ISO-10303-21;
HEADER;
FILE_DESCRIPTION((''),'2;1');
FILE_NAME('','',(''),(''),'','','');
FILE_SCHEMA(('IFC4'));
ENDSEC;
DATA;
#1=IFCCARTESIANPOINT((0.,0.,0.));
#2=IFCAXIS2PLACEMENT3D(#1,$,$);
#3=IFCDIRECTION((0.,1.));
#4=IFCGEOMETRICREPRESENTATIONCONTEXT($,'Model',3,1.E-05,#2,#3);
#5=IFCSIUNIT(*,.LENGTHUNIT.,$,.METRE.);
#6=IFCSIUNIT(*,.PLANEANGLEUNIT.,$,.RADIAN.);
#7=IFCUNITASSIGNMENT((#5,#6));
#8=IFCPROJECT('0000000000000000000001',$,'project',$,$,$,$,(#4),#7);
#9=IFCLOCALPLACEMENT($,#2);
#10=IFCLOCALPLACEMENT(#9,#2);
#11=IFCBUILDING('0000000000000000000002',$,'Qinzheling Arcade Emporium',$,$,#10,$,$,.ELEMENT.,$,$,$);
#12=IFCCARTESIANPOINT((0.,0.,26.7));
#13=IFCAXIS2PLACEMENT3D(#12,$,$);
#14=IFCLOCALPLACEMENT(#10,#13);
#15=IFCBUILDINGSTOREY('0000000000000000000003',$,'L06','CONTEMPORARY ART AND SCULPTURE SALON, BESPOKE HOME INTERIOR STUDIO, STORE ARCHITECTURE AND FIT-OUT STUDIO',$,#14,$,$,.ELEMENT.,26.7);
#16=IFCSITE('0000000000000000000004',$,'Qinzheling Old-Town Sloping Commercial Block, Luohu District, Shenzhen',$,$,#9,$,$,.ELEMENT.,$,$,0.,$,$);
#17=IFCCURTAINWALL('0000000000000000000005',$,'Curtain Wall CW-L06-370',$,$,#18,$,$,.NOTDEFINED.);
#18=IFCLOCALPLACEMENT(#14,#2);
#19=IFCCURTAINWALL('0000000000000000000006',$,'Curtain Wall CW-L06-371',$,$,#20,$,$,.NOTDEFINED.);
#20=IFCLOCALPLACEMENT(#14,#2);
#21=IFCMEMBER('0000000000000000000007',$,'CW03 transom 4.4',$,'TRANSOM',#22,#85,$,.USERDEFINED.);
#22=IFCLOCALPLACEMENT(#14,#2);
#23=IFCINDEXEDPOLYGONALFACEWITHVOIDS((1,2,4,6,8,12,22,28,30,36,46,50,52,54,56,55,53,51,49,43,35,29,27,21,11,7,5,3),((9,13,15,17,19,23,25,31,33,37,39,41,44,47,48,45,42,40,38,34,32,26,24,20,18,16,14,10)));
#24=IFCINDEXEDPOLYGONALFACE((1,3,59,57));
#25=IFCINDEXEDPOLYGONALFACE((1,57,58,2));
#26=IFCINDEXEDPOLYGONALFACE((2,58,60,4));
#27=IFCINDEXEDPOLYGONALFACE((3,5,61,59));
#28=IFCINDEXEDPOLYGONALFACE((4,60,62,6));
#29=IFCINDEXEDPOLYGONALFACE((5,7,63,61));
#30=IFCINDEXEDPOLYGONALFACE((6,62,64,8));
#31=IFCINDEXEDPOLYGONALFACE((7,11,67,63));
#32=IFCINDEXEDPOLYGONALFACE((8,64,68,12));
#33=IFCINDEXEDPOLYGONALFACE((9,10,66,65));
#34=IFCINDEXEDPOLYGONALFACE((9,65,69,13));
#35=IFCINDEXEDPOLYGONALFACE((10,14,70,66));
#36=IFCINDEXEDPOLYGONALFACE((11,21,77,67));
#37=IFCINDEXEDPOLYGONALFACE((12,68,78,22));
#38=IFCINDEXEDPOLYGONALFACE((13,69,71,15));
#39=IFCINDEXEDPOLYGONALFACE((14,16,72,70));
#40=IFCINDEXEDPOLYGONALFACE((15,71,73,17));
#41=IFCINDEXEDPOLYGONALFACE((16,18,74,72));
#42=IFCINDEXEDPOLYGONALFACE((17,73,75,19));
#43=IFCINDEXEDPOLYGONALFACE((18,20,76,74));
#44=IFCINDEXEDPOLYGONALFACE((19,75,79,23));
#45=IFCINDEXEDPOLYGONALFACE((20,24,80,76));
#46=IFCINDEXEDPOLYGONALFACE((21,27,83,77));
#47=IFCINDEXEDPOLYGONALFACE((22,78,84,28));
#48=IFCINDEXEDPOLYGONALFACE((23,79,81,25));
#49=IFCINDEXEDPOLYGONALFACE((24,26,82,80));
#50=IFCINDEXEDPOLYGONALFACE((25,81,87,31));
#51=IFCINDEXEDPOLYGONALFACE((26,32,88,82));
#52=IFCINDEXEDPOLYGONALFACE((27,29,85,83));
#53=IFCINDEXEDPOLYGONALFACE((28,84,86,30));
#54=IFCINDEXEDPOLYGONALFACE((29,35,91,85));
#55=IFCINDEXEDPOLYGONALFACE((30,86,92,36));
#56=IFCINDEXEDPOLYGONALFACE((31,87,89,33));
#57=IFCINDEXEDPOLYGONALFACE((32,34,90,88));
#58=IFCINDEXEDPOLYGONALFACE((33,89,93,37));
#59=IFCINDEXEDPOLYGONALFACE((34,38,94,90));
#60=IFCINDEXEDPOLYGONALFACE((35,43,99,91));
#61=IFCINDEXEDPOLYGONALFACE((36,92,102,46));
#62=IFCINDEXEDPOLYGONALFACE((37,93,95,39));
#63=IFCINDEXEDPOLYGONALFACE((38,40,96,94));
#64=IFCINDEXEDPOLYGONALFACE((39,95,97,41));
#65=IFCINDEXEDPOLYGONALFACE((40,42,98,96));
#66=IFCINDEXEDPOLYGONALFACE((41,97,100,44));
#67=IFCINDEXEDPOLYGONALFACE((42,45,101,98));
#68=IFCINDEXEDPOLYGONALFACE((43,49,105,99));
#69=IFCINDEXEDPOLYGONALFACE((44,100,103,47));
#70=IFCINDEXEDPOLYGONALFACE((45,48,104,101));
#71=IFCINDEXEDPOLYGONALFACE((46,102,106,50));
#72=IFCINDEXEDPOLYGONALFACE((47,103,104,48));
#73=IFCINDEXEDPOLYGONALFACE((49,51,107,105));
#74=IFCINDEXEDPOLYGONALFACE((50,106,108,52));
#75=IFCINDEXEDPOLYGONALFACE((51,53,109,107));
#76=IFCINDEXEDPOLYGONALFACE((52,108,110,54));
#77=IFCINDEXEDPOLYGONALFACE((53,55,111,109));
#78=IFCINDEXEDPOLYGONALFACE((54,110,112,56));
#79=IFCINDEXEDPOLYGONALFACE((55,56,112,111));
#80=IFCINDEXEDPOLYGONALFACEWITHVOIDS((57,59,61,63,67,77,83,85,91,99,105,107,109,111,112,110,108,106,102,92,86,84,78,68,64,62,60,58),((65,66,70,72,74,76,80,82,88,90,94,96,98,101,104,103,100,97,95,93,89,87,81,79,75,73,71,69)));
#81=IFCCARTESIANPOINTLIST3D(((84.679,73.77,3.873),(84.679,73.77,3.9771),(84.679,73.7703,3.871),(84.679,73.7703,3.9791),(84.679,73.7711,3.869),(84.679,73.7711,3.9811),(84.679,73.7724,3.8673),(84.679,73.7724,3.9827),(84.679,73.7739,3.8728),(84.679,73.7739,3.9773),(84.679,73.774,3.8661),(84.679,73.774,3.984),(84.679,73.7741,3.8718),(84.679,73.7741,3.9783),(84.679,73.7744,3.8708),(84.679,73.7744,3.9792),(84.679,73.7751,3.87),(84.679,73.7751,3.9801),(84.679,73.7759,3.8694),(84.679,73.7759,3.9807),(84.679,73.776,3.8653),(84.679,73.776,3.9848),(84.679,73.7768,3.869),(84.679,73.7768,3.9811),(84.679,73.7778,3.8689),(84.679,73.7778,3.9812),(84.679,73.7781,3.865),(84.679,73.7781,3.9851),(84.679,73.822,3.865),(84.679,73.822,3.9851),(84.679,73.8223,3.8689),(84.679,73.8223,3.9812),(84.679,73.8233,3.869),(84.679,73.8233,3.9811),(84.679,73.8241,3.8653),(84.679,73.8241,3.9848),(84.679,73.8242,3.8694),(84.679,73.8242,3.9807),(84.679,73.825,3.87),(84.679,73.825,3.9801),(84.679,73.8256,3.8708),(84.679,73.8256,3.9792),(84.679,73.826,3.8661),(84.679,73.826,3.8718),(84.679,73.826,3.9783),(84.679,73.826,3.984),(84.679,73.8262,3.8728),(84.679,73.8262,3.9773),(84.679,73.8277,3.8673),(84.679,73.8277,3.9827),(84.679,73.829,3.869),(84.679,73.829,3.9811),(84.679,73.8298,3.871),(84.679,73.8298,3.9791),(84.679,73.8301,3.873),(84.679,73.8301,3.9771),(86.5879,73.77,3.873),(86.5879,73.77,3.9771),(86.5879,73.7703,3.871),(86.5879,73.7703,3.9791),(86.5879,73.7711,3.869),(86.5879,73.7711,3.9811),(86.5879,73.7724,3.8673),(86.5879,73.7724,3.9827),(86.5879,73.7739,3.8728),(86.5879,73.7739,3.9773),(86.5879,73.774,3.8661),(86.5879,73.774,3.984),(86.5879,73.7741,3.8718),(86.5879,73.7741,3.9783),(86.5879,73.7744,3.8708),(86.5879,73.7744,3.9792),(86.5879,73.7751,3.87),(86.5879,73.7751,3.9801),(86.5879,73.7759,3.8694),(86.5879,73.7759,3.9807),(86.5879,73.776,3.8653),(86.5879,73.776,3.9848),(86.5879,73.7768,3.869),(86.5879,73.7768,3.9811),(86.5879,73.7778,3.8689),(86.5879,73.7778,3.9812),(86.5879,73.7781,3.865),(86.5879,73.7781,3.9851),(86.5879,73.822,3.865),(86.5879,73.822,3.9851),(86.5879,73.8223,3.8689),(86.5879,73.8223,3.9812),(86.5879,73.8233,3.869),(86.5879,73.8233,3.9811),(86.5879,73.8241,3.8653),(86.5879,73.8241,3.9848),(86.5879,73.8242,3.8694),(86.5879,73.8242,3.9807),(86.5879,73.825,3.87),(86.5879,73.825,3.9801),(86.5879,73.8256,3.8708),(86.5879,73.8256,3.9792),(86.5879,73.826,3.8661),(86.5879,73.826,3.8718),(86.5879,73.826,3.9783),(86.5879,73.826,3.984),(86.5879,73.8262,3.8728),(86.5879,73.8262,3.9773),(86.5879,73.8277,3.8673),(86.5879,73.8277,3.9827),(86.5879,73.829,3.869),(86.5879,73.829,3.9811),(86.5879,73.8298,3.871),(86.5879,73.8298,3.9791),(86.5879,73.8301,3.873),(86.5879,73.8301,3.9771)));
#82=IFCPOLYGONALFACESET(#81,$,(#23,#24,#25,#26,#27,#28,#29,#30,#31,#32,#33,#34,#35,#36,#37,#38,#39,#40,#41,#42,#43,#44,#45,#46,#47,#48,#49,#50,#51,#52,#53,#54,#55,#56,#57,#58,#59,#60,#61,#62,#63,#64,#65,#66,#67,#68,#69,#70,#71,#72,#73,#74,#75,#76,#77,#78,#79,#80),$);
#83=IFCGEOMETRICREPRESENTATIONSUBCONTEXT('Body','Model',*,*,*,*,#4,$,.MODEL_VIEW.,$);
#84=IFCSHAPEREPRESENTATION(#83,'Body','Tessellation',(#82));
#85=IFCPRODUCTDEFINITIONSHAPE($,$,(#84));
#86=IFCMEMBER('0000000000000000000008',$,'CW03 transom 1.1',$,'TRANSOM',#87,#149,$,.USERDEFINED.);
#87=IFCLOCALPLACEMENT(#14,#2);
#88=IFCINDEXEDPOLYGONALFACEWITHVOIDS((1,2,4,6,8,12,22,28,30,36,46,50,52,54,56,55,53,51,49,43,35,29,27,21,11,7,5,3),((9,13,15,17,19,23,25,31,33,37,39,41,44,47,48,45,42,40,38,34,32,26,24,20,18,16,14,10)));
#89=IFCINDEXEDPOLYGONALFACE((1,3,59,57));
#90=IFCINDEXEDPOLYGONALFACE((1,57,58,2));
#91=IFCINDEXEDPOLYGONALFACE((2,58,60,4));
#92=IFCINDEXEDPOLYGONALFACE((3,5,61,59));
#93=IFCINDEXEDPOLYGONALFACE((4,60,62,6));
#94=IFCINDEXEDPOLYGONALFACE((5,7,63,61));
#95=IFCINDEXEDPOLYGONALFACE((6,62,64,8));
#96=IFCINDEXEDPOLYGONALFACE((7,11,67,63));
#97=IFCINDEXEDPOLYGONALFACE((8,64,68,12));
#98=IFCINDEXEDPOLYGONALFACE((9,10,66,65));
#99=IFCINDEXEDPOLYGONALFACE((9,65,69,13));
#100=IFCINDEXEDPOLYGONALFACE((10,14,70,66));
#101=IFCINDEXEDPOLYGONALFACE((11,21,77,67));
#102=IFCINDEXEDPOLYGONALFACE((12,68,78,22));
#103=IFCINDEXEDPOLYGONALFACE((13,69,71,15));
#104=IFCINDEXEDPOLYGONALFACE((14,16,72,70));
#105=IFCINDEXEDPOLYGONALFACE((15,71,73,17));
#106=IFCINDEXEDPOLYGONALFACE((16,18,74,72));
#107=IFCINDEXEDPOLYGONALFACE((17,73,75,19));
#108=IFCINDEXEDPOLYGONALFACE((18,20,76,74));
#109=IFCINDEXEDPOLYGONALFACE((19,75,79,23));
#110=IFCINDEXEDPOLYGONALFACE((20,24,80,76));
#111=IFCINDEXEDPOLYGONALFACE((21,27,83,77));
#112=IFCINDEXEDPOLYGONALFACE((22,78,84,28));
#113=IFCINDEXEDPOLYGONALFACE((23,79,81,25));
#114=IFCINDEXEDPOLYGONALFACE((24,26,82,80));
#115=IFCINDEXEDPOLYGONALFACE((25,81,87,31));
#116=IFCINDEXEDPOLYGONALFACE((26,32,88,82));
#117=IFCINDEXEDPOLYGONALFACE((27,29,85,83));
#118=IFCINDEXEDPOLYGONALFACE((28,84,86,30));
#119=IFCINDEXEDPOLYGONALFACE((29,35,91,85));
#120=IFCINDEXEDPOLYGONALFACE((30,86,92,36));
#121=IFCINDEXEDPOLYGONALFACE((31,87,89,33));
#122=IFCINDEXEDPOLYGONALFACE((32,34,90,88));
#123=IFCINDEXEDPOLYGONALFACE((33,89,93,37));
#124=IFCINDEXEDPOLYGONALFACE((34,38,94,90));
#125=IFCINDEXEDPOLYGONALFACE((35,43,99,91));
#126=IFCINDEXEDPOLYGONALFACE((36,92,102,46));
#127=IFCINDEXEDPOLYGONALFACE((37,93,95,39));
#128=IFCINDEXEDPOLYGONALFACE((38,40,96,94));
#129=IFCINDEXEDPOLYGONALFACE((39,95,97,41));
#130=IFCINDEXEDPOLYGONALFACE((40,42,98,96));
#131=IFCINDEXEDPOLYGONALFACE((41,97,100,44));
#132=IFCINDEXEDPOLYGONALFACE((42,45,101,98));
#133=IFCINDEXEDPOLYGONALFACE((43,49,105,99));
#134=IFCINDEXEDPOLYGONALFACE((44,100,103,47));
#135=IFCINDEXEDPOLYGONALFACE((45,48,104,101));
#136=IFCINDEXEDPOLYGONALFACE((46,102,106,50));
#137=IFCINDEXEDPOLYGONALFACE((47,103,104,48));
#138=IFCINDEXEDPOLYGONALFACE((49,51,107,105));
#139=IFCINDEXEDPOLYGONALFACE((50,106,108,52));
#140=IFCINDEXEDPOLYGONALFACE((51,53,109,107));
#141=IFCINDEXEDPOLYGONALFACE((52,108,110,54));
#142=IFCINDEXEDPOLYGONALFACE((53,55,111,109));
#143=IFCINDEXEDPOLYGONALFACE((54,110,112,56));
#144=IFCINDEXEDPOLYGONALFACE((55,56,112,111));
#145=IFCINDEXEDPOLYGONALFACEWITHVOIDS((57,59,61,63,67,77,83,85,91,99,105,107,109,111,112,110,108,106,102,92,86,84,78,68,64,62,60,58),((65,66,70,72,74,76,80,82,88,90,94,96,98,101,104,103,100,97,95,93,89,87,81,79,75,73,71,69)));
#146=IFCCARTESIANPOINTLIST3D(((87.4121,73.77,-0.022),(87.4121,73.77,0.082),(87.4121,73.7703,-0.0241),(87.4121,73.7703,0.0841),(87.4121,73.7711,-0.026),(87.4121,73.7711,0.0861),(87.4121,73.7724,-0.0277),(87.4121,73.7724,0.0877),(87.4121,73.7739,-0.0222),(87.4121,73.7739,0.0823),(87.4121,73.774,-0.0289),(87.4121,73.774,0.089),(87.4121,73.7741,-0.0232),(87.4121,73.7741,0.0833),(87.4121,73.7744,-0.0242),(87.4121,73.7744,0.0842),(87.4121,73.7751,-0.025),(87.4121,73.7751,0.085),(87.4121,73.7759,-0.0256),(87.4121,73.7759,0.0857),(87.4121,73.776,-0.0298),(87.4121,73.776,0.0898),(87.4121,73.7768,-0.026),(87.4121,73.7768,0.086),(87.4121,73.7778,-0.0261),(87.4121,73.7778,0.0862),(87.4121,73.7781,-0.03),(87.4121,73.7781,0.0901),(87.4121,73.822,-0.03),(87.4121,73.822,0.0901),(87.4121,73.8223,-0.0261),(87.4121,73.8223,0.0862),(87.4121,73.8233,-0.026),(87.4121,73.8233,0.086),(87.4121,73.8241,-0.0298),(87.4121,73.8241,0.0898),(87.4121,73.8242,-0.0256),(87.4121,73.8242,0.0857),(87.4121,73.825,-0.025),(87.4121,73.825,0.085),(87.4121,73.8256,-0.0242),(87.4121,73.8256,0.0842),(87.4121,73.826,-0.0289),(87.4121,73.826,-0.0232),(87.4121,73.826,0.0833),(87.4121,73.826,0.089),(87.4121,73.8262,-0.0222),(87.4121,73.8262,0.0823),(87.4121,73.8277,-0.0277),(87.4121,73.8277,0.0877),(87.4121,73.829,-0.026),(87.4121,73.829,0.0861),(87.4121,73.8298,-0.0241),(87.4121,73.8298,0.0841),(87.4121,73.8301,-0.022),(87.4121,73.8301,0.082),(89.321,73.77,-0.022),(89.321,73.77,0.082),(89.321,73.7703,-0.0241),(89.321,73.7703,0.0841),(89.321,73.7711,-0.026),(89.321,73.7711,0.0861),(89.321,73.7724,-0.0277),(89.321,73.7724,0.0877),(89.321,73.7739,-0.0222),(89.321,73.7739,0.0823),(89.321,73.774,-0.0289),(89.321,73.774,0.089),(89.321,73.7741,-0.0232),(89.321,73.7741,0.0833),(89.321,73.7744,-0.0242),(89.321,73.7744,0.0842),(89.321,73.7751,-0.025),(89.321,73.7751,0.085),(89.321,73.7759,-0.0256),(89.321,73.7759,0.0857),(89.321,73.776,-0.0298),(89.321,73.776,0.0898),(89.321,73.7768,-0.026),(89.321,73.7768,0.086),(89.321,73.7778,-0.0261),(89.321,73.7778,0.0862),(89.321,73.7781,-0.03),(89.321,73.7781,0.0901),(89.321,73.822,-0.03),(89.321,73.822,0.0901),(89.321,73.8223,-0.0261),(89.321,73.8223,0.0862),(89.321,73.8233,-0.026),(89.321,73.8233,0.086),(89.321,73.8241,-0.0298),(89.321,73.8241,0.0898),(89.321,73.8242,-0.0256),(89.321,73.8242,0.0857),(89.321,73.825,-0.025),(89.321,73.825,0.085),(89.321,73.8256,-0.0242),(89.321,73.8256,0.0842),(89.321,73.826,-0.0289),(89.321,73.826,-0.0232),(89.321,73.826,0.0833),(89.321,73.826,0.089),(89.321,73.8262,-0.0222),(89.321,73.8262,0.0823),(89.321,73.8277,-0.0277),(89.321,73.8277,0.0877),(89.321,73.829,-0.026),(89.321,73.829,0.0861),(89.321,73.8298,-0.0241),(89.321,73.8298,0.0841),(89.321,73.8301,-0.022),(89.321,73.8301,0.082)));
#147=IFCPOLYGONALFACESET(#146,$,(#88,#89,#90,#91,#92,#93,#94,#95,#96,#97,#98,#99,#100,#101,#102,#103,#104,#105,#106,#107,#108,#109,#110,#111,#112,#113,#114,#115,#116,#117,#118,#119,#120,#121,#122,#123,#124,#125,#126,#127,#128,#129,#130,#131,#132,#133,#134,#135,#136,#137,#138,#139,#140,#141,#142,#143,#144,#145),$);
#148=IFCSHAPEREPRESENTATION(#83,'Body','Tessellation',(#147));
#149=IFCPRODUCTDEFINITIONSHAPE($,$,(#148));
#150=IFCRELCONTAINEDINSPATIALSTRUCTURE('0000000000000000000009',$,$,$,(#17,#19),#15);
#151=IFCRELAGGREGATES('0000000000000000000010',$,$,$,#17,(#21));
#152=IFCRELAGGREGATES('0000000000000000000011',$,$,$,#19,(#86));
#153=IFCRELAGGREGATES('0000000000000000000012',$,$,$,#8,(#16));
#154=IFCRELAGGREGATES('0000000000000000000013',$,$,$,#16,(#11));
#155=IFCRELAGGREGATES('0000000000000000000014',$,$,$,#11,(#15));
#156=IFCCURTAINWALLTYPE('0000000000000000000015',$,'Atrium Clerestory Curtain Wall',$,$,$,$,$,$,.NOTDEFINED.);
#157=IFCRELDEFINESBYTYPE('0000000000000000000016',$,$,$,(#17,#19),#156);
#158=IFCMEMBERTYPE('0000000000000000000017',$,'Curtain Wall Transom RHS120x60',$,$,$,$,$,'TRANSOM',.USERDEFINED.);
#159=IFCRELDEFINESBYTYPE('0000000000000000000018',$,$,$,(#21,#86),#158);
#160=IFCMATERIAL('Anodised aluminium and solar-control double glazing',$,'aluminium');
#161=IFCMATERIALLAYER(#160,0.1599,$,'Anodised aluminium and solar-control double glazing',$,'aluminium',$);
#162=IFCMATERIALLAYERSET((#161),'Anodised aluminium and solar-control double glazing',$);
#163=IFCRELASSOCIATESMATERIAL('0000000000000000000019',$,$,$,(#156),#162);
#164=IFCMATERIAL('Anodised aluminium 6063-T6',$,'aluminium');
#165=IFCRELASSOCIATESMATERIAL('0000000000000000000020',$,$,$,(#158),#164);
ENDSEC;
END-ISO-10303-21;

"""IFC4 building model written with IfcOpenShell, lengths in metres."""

from ifc_helpers import new_model, si_unit, direction, frame, origin, origin_2d, place, context, subcontext, project, spatial, hollow_rectangle, extrude, material, layer, layer_set, material_profile, profile_set, type_object, element, aggregate, save


model = new_model("IFC4")

# Units and contexts
model_context = context("Model", 3, precision=1e-05, world=origin(), true_north=direction((0.0, 1.0)))
body_context = subcontext(model_context, "Body", "Model", "MODEL_VIEW")
ifc_project = project(units=[si_unit("LENGTHUNIT", "METRE"), si_unit("PLANEANGLEUNIT", "RADIAN")], contexts=[model_context])

# Site, building, storey
site_placement = place(None, origin())
site = spatial("IfcSite", under=ifc_project, at=site_placement, Name="Qinzheling Old-Town Sloping Commercial Block, Luohu District, Shenzhen", CompositionType="ELEMENT", RefElevation=0.0)
building_placement = place(site_placement, origin())
building = spatial("IfcBuilding", under=site, at=building_placement, Name="Qinzheling Arcade Emporium", CompositionType="ELEMENT")
storey_placement = place(building_placement, frame((0.0, 0.0, 26.7)))
storey = spatial("IfcBuildingStorey", under=building, at=storey_placement, Name="L06", Description="CONTEMPORARY ART AND SCULPTURE SALON, BESPOKE HOME INTERIOR STUDIO, STORE ARCHITECTURE AND FIT-OUT STUDIO", CompositionType="ELEMENT", Elevation=26.7)

# Curtain wall
ifc_material_1 = material(Name="Anodised aluminium and solar-control double glazing", Category="aluminium")
ifc_layer_1 = layer(ifc_material_1, 0.1599, Name="Anodised aluminium and solar-control double glazing", Category="aluminium")
ifc_layer_set_1 = layer_set([ifc_layer_1], Name="Anodised aluminium and solar-control double glazing")
curtain_wall_type = type_object("IfcCurtainWallType", Name="Atrium Clerestory Curtain Wall", PredefinedType="NOTDEFINED", material=ifc_layer_set_1)
curtain_wall_1_placement = place(storey_placement, origin())
curtain_wall_1 = element("IfcCurtainWall", 1, at=curtain_wall_1_placement, inside=storey, type_object=curtain_wall_type, Name="Curtain Wall CW-L06-370", PredefinedType="NOTDEFINED")
ifc_material_2 = material(Name="Anodised aluminium 6063-T6", Category="aluminium")

# Curtain wall
curtain_wall_2_placement = place(storey_placement, origin())
curtain_wall_2 = element("IfcCurtainWall", 2, at=curtain_wall_2_placement, inside=storey, type_object=curtain_wall_type, Name="Curtain Wall CW-L06-371", PredefinedType="NOTDEFINED")

# Members
ifc_material_profile_1 = material_profile(ifc_material_2, hollow_rectangle(XDim=0.0601, YDim=0.1201, WallThickness=0.0039, InnerFilletRadius=0.0039, OuterFilletRadius=0.0081, at=origin_2d()), Name="RHS 120x60x4", Category="aluminium")
ifc_profile_set_1 = profile_set([ifc_material_profile_1], Name="Anodised aluminium 6063-T6")
member_type_1 = type_object("IfcMemberType", Name="Curtain Wall Transom RHS120x60", ElementType="TRANSOM", PredefinedType="USERDEFINED", material=ifc_profile_set_1)
member_1_placement = place(storey_placement, frame((84.679, 73.8, 3.925), z_axis=(1.0, 0.0, 0.0), x_axis=(0.0, 1.0, 0.0)))
member_1 = element("IfcMember", 3, at=member_1_placement, type_object=member_type_1, Name="CW03 transom 4.4", ObjectType="TRANSOM", PredefinedType="USERDEFINED", context=body_context, shape_type="SweptSolid", body=[
    extrude(hollow_rectangle(XDim=0.0601, YDim=0.1201, WallThickness=0.0039, InnerFilletRadius=0.0039, OuterFilletRadius=0.0081, at=origin_2d()), origin(), (0.0, 0.0, 1.0), 1.9089),
])
member_2_placement = place(storey_placement, frame((87.4121, 73.8, 0.03), z_axis=(1.0, 0.0, 0.0), x_axis=(0.0, 1.0, 0.0)))
member_2 = element("IfcMember", 4, at=member_2_placement, type_object=member_type_1, Name="CW03 transom 1.1", ObjectType="TRANSOM", PredefinedType="USERDEFINED", context=body_context, shape_type="SweptSolid", body=[
    extrude(hollow_rectangle(XDim=0.0601, YDim=0.1201, WallThickness=0.0039, InnerFilletRadius=0.0039, OuterFilletRadius=0.0081, at=origin_2d()), origin(), (0.0, 0.0, 1.0), 1.9089),
])

aggregate(curtain_wall_1, [member_1])
aggregate(curtain_wall_2, [member_2])

save(model, "model.ifc")
